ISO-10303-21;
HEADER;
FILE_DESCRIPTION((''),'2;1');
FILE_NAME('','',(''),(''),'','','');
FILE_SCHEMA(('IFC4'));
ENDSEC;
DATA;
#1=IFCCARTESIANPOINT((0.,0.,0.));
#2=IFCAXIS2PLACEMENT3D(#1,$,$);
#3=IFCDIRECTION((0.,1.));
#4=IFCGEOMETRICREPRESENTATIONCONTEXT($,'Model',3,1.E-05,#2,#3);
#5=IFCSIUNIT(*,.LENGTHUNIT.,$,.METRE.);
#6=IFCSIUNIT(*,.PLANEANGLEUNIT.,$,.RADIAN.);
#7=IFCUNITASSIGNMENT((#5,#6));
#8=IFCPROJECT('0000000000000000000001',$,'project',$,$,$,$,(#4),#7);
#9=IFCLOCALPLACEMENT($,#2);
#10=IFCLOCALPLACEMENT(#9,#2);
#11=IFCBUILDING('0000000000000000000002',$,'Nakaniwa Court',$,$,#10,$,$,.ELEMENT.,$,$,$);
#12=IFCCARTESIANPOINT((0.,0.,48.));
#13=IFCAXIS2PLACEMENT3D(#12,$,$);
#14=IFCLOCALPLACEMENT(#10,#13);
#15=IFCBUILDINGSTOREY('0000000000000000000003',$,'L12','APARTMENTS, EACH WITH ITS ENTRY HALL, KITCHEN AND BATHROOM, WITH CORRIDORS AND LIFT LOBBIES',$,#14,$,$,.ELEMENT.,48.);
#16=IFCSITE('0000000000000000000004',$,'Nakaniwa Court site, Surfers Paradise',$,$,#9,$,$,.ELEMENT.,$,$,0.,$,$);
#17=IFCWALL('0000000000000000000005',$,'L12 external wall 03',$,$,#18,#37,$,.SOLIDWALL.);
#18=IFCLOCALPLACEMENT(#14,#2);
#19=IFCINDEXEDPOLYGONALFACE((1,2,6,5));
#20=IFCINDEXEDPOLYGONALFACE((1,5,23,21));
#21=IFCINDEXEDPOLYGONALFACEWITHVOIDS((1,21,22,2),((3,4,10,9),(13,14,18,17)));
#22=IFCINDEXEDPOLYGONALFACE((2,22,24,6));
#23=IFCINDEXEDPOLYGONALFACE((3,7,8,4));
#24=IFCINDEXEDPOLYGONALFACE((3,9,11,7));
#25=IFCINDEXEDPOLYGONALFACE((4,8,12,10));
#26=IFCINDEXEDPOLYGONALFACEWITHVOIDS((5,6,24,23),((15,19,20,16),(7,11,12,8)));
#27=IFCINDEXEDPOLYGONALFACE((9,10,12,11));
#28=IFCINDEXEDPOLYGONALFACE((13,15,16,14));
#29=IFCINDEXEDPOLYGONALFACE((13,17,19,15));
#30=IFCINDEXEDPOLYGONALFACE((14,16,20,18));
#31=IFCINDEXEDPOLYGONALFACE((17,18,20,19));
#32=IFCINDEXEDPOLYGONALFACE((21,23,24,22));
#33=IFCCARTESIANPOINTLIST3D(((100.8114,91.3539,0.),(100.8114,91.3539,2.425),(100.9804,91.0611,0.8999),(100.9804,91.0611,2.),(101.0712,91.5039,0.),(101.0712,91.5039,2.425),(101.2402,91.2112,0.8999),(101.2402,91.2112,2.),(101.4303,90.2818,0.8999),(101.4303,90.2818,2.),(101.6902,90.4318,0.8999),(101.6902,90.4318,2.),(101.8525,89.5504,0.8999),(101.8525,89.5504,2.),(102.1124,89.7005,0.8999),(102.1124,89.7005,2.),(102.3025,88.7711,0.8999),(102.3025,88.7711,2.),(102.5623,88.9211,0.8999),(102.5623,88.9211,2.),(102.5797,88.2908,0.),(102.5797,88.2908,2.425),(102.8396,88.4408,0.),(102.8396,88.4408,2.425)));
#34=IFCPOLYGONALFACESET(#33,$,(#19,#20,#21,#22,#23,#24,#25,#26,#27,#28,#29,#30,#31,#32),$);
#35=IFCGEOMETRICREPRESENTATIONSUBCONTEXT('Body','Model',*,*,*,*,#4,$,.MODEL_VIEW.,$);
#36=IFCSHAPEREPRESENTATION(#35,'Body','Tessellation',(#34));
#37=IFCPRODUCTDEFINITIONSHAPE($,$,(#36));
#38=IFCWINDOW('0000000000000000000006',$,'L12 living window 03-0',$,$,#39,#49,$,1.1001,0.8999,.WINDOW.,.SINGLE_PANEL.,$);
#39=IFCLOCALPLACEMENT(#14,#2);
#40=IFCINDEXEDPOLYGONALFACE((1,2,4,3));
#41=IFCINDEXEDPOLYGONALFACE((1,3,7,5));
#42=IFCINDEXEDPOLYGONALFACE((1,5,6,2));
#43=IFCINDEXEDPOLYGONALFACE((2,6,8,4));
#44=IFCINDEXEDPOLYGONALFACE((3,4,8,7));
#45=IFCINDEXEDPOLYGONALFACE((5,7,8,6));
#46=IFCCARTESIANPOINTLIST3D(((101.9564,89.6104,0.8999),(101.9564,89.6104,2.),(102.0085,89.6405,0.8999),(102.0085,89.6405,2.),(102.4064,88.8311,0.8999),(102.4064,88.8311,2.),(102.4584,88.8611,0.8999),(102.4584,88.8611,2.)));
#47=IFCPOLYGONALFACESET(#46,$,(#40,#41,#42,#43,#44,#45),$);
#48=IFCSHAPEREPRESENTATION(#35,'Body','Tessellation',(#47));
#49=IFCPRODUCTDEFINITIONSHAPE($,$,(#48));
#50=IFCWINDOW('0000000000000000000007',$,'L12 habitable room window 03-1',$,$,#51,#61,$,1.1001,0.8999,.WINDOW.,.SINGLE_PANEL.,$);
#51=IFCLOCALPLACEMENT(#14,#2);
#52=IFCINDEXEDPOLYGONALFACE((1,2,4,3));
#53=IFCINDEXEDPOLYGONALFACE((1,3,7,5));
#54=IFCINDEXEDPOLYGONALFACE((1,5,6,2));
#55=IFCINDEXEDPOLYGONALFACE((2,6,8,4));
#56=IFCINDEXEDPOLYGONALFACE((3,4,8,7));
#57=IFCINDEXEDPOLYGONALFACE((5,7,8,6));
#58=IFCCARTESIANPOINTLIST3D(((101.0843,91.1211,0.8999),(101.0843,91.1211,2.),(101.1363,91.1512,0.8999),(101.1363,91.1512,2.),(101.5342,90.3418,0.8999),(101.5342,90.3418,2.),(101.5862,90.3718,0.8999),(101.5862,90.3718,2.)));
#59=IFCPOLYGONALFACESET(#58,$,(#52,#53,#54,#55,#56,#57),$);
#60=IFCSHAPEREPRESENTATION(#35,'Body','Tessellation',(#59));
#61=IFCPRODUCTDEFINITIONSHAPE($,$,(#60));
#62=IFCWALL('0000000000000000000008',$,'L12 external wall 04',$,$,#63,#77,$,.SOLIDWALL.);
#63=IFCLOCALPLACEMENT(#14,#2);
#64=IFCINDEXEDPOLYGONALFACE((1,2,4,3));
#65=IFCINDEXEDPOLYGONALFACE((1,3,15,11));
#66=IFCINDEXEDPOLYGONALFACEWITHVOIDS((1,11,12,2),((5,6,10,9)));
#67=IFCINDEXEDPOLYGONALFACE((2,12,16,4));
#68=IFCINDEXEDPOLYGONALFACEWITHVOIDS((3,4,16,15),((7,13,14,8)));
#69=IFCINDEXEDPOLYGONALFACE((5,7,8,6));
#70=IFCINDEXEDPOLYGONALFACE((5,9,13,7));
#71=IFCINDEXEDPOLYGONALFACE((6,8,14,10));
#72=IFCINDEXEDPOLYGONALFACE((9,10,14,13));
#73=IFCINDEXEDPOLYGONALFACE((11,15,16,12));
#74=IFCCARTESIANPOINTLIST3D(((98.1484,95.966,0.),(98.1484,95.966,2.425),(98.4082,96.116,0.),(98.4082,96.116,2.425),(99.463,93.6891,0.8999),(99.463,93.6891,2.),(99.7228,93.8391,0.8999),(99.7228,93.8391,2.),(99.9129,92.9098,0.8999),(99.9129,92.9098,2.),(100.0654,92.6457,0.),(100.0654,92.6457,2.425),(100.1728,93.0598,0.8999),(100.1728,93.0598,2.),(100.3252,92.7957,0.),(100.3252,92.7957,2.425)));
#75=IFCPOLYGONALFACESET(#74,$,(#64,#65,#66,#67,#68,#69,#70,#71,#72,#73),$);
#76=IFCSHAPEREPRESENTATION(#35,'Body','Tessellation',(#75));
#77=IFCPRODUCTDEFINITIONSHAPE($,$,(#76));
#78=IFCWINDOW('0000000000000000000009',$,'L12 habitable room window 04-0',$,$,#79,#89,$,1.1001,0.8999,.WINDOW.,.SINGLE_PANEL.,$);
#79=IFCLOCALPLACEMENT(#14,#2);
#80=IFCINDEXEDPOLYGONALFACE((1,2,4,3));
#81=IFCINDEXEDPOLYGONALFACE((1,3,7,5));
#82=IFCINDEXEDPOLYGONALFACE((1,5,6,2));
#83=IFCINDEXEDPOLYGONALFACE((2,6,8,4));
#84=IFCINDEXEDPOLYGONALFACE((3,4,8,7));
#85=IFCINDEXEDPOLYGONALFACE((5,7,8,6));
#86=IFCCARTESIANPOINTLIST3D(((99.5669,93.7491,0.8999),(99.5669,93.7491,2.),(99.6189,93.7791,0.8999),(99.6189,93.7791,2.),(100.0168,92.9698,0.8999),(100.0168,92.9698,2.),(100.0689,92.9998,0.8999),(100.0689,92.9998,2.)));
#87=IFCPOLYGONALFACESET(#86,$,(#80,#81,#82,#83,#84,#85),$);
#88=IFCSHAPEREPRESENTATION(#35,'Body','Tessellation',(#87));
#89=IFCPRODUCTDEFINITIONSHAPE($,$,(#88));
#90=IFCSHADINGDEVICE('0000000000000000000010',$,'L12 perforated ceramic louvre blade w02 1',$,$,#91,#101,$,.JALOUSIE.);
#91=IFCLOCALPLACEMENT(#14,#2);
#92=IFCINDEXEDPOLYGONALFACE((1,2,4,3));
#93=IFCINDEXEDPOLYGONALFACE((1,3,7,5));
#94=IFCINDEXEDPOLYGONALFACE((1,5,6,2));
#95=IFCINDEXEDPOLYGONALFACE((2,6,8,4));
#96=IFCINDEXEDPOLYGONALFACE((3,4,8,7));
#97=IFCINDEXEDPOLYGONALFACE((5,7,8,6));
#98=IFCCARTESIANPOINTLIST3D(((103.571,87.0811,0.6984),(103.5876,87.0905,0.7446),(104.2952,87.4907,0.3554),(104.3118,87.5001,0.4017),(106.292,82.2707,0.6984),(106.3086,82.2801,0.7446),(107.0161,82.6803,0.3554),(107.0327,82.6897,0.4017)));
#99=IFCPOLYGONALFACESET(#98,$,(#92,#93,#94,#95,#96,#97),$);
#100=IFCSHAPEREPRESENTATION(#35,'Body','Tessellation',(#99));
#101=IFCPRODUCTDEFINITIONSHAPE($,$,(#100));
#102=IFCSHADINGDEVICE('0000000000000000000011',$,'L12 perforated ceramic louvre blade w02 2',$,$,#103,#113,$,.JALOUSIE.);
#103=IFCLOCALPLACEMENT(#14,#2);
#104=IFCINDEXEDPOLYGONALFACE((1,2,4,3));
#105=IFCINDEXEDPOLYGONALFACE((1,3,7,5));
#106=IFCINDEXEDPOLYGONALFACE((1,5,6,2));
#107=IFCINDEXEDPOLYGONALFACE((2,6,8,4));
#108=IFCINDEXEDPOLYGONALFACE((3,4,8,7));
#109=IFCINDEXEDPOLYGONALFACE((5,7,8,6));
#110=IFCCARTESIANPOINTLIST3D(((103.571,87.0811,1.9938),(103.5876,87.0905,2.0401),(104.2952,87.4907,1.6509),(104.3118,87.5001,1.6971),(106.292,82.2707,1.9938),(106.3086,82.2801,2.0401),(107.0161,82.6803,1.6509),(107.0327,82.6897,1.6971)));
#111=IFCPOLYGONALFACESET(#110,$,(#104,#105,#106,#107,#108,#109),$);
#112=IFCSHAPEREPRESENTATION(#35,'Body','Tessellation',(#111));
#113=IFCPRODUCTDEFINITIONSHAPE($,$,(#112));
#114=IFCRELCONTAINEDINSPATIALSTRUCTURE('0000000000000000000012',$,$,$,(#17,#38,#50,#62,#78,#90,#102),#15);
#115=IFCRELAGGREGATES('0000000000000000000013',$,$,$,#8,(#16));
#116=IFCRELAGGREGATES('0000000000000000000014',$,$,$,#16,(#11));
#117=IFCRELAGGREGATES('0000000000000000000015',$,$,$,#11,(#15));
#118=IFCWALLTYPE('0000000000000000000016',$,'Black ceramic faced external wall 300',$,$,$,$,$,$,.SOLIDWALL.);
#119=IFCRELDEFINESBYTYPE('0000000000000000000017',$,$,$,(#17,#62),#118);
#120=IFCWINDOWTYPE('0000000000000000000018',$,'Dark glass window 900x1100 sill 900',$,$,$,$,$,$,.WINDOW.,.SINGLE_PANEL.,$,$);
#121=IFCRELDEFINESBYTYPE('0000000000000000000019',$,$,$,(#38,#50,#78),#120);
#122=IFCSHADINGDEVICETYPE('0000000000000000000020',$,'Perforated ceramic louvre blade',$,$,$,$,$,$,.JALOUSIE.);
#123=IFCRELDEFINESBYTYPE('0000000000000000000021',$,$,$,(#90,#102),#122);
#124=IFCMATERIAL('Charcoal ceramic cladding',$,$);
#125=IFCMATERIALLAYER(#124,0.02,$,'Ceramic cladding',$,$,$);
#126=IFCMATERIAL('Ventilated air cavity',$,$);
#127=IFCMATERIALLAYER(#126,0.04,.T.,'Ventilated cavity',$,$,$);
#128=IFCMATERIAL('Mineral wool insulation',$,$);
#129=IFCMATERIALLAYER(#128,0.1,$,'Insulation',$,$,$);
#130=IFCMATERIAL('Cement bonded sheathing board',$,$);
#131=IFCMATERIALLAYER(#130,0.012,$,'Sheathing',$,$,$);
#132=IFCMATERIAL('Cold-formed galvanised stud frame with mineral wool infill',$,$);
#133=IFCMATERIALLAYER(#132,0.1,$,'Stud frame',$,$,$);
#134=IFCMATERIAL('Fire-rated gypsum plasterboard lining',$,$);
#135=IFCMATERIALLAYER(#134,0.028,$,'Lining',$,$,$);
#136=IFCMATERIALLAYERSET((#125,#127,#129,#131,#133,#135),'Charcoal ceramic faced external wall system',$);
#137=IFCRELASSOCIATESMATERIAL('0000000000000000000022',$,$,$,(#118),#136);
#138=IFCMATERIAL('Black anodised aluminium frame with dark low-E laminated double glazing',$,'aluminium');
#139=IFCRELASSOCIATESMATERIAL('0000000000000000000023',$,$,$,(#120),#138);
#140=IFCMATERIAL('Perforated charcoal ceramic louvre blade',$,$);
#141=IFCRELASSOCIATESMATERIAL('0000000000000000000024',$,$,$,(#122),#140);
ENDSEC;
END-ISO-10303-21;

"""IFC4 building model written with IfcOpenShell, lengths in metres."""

from ifc_helpers import new_model, si_unit, direction, frame, frame_2d, origin, origin_2d, place, context, subcontext, project, spatial, rectangle, extrude, material, layer, layer_set, material_profile, profile_set, type_object, element, fill, save


model = new_model("IFC4")

# Units and contexts
model_context = context("Model", 3, precision=1e-05, world=origin(), true_north=direction((0.0, 1.0)))
body_context = subcontext(model_context, "Body", "Model", "MODEL_VIEW")
ifc_project = project(units=[si_unit("LENGTHUNIT", "METRE"), si_unit("PLANEANGLEUNIT", "RADIAN")], contexts=[model_context])

# Site, building, storey
site_placement = place(None, origin())
site = spatial("IfcSite", under=ifc_project, at=site_placement, Name="Nakaniwa Court site, Surfers Paradise", CompositionType="ELEMENT", RefElevation=0.0)
building_placement = place(site_placement, origin())
building = spatial("IfcBuilding", under=site, at=building_placement, Name="Nakaniwa Court", CompositionType="ELEMENT")
storey_placement = place(building_placement, frame((0.0, 0.0, 48.0)))
storey = spatial("IfcBuildingStorey", under=building, at=storey_placement, Name="L12", Description="APARTMENTS, EACH WITH ITS ENTRY HALL, KITCHEN AND BATHROOM, WITH CORRIDORS AND LIFT LOBBIES", CompositionType="ELEMENT", Elevation=48.0)

# Shared definitions
ifc_material_1 = material(Name="Charcoal ceramic cladding")
ifc_layer_1 = layer(ifc_material_1, 0.02, Name="Ceramic cladding")
ifc_material_2 = material(Name="Ventilated air cavity")
ifc_layer_2 = layer(ifc_material_2, 0.04, ventilated=True, Name="Ventilated cavity")
ifc_material_3 = material(Name="Mineral wool insulation")
ifc_layer_3 = layer(ifc_material_3, 0.1, Name="Insulation")
ifc_material_4 = material(Name="Cement bonded sheathing board")
ifc_layer_4 = layer(ifc_material_4, 0.012, Name="Sheathing")
ifc_material_5 = material(Name="Cold-formed galvanised stud frame with mineral wool infill")
ifc_layer_5 = layer(ifc_material_5, 0.1, Name="Stud frame")
ifc_material_6 = material(Name="Fire-rated gypsum plasterboard lining")
ifc_layer_6 = layer(ifc_material_6, 0.028, Name="Lining")
ifc_layer_set = layer_set([ifc_layer_1, ifc_layer_2, ifc_layer_3, ifc_layer_4, ifc_layer_5, ifc_layer_6], Name="Charcoal ceramic faced external wall system")
wall_type = type_object("IfcWallType", Name="Black ceramic faced external wall 300", PredefinedType="SOLIDWALL", material=ifc_layer_set)
ifc_material_7 = material(Name="Black anodised aluminium frame with dark low-E laminated double glazing", Category="aluminium")

# Wall, openings, windows
wall_1_placement = place(storey_placement, frame((102.7097, 88.3657, 0.0), z_axis=(0.0, 0.0, 1.0), x_axis=(-0.499977, 0.866038, 0.0)))
wall_1 = element("IfcWall", 1, at=wall_1_placement, inside=storey, type_object=wall_type, Name="L12 external wall 03", PredefinedType="SOLIDWALL", context=body_context, shape_type="SweptSolid", body=[
    extrude(rectangle(XDim=3.5369, YDim=0.3, at=frame_2d((1.7686, 0.0))), origin(), (0.0, 0.0, 1.0), 2.425),
])
opening_1_placement = place(wall_1_placement, frame((0.5547, 0.0, 0.8999)))
opening_1 = element("IfcOpeningElement", 2, at=opening_1_placement, cuts=wall_1, PredefinedType="OPENING", context=body_context, shape_type="SweptSolid", body=[
    extrude(rectangle(XDim=0.8999, YDim=1.1001, at=frame_2d((0.45, 0.55))), frame((0.0, 0.1599, 0.0), z_axis=(0.0, -1.0, 0.0), x_axis=(1.0, 0.0, 0.0)), (0.0, 0.0, 1.0), 0.3201),
])
opening_2_placement = place(wall_1_placement, frame((2.2991, 0.0, 0.8999)))
opening_2 = element("IfcOpeningElement", 3, at=opening_2_placement, cuts=wall_1, PredefinedType="OPENING", context=body_context, shape_type="SweptSolid", body=[
    extrude(rectangle(XDim=0.8999, YDim=1.1001, at=frame_2d((0.45, 0.55))), frame((0.0, 0.1599, 0.0), z_axis=(0.0, -1.0, 0.0), x_axis=(1.0, 0.0, 0.0)), (0.0, 0.0, 1.0), 0.3201),
])
window_type_1 = type_object("IfcWindowType", Name="Dark glass window 900x1100 sill 900", PartitioningType="SINGLE_PANEL", PredefinedType="WINDOW", material=ifc_material_7)
window_1_placement = place(opening_1_placement, origin())
window_1 = element("IfcWindow", 4, at=window_1_placement, inside=storey, type_object=window_type_1, Name="L12 living window 03-0", OverallHeight=1.1001, OverallWidth=0.8999, PartitioningType="SINGLE_PANEL", PredefinedType="WINDOW", context=body_context, shape_type="SweptSolid", body=[
    extrude(rectangle(XDim=0.8999, YDim=1.1001, at=frame_2d((0.45, 0.55))), frame((0.0, 0.03, 0.0), z_axis=(0.0, -1.0, 0.0), x_axis=(1.0, 0.0, 0.0)), (0.0, 0.0, 1.0), 0.0601),
])
fill(opening_1, window_1)
window_2_placement = place(opening_2_placement, origin())
window_2 = element("IfcWindow", 5, at=window_2_placement, inside=storey, type_object=window_type_1, Name="L12 habitable room window 03-1", OverallHeight=1.1001, OverallWidth=0.8999, PartitioningType="SINGLE_PANEL", PredefinedType="WINDOW", context=body_context, shape_type="SweptSolid", body=[
    extrude(rectangle(XDim=0.8999, YDim=1.1001, at=frame_2d((0.45, 0.55))), frame((0.0, 0.03, 0.0), z_axis=(0.0, -1.0, 0.0), x_axis=(1.0, 0.0, 0.0)), (0.0, 0.0, 1.0), 0.0601),
])
fill(opening_2, window_2)

# Wall, opening, window
wall_2_placement = place(storey_placement, frame((100.1953, 92.7207, 0.0), z_axis=(0.0, 0.0, 1.0), x_axis=(-0.500002, 0.866024, 0.0)))
wall_2 = element("IfcWall", 6, at=wall_2_placement, inside=storey, type_object=wall_type, Name="L12 external wall 04", PredefinedType="SOLIDWALL", context=body_context, shape_type="SweptSolid", body=[
    extrude(rectangle(XDim=3.834, YDim=0.3, at=frame_2d((1.917, 0.0))), origin(), (0.0, 0.0, 1.0), 2.425),
])
opening_3_placement = place(wall_2_placement, frame((0.3049, 0.0, 0.8999)))
opening_3 = element("IfcOpeningElement", 7, at=opening_3_placement, cuts=wall_2, PredefinedType="OPENING", context=body_context, shape_type="SweptSolid", body=[
    extrude(rectangle(XDim=0.8999, YDim=1.1001, at=frame_2d((0.45, 0.55))), frame((0.0, 0.1599, 0.0), z_axis=(0.0, -1.0, 0.0), x_axis=(1.0, 0.0, 0.0)), (0.0, 0.0, 1.0), 0.3201),
])
window_3_placement = place(opening_3_placement, origin())
window_3 = element("IfcWindow", 8, at=window_3_placement, inside=storey, type_object=window_type_1, Name="L12 habitable room window 04-0", OverallHeight=1.1001, OverallWidth=0.8999, PartitioningType="SINGLE_PANEL", PredefinedType="WINDOW", context=body_context, shape_type="SweptSolid", body=[
    extrude(rectangle(XDim=0.8999, YDim=1.1001, at=frame_2d((0.45, 0.55))), frame((0.0, 0.03, 0.0), z_axis=(0.0, -1.0, 0.0), x_axis=(1.0, 0.0, 0.0)), (0.0, 0.0, 1.0), 0.0601),
])
fill(opening_3, window_3)

# Shading devices
ifc_material_8 = material(Name="Perforated charcoal ceramic louvre blade")
ifc_material_profile_1 = material_profile(ifc_material_8, rectangle(XDim=0.8999, YDim=0.05, at=origin_2d()), Name="Perforated ceramic louvre blade")
ifc_profile_set_1 = profile_set([ifc_material_profile_1], Name="Perforated charcoal ceramic louvre blade")
shading_device_type = type_object("IfcShadingDeviceType", Name="Perforated ceramic louvre blade", PredefinedType="JALOUSIE", material=ifc_profile_set_1)
for number, where, z_axis, x_axis, name in (
    (9, (106.6624, 82.4802, 0.55), (-0.492343, 0.870402, 0.0), (-0.804726, -0.455193, 0.38107), "L12 perforated ceramic louvre blade w02 1"),
    (10, (106.6624, 82.4802, 1.8455), (-0.492343, 0.870402, 0.0), (-0.804726, -0.455193, 0.38107), "L12 perforated ceramic louvre blade w02 2"),
):
    element("IfcShadingDevice", number, at=place(storey_placement, frame(where, z_axis=z_axis, x_axis=x_axis)), inside=storey, type_object=shading_device_type, Name=name, PredefinedType="JALOUSIE", context=body_context, shape_type="SweptSolid", body=[
        extrude(rectangle(XDim=0.8999, YDim=0.05, at=origin_2d()), origin(), (0.0, 0.0, 1.0), 5.5266),
    ])

save(model, "model.ifc")
